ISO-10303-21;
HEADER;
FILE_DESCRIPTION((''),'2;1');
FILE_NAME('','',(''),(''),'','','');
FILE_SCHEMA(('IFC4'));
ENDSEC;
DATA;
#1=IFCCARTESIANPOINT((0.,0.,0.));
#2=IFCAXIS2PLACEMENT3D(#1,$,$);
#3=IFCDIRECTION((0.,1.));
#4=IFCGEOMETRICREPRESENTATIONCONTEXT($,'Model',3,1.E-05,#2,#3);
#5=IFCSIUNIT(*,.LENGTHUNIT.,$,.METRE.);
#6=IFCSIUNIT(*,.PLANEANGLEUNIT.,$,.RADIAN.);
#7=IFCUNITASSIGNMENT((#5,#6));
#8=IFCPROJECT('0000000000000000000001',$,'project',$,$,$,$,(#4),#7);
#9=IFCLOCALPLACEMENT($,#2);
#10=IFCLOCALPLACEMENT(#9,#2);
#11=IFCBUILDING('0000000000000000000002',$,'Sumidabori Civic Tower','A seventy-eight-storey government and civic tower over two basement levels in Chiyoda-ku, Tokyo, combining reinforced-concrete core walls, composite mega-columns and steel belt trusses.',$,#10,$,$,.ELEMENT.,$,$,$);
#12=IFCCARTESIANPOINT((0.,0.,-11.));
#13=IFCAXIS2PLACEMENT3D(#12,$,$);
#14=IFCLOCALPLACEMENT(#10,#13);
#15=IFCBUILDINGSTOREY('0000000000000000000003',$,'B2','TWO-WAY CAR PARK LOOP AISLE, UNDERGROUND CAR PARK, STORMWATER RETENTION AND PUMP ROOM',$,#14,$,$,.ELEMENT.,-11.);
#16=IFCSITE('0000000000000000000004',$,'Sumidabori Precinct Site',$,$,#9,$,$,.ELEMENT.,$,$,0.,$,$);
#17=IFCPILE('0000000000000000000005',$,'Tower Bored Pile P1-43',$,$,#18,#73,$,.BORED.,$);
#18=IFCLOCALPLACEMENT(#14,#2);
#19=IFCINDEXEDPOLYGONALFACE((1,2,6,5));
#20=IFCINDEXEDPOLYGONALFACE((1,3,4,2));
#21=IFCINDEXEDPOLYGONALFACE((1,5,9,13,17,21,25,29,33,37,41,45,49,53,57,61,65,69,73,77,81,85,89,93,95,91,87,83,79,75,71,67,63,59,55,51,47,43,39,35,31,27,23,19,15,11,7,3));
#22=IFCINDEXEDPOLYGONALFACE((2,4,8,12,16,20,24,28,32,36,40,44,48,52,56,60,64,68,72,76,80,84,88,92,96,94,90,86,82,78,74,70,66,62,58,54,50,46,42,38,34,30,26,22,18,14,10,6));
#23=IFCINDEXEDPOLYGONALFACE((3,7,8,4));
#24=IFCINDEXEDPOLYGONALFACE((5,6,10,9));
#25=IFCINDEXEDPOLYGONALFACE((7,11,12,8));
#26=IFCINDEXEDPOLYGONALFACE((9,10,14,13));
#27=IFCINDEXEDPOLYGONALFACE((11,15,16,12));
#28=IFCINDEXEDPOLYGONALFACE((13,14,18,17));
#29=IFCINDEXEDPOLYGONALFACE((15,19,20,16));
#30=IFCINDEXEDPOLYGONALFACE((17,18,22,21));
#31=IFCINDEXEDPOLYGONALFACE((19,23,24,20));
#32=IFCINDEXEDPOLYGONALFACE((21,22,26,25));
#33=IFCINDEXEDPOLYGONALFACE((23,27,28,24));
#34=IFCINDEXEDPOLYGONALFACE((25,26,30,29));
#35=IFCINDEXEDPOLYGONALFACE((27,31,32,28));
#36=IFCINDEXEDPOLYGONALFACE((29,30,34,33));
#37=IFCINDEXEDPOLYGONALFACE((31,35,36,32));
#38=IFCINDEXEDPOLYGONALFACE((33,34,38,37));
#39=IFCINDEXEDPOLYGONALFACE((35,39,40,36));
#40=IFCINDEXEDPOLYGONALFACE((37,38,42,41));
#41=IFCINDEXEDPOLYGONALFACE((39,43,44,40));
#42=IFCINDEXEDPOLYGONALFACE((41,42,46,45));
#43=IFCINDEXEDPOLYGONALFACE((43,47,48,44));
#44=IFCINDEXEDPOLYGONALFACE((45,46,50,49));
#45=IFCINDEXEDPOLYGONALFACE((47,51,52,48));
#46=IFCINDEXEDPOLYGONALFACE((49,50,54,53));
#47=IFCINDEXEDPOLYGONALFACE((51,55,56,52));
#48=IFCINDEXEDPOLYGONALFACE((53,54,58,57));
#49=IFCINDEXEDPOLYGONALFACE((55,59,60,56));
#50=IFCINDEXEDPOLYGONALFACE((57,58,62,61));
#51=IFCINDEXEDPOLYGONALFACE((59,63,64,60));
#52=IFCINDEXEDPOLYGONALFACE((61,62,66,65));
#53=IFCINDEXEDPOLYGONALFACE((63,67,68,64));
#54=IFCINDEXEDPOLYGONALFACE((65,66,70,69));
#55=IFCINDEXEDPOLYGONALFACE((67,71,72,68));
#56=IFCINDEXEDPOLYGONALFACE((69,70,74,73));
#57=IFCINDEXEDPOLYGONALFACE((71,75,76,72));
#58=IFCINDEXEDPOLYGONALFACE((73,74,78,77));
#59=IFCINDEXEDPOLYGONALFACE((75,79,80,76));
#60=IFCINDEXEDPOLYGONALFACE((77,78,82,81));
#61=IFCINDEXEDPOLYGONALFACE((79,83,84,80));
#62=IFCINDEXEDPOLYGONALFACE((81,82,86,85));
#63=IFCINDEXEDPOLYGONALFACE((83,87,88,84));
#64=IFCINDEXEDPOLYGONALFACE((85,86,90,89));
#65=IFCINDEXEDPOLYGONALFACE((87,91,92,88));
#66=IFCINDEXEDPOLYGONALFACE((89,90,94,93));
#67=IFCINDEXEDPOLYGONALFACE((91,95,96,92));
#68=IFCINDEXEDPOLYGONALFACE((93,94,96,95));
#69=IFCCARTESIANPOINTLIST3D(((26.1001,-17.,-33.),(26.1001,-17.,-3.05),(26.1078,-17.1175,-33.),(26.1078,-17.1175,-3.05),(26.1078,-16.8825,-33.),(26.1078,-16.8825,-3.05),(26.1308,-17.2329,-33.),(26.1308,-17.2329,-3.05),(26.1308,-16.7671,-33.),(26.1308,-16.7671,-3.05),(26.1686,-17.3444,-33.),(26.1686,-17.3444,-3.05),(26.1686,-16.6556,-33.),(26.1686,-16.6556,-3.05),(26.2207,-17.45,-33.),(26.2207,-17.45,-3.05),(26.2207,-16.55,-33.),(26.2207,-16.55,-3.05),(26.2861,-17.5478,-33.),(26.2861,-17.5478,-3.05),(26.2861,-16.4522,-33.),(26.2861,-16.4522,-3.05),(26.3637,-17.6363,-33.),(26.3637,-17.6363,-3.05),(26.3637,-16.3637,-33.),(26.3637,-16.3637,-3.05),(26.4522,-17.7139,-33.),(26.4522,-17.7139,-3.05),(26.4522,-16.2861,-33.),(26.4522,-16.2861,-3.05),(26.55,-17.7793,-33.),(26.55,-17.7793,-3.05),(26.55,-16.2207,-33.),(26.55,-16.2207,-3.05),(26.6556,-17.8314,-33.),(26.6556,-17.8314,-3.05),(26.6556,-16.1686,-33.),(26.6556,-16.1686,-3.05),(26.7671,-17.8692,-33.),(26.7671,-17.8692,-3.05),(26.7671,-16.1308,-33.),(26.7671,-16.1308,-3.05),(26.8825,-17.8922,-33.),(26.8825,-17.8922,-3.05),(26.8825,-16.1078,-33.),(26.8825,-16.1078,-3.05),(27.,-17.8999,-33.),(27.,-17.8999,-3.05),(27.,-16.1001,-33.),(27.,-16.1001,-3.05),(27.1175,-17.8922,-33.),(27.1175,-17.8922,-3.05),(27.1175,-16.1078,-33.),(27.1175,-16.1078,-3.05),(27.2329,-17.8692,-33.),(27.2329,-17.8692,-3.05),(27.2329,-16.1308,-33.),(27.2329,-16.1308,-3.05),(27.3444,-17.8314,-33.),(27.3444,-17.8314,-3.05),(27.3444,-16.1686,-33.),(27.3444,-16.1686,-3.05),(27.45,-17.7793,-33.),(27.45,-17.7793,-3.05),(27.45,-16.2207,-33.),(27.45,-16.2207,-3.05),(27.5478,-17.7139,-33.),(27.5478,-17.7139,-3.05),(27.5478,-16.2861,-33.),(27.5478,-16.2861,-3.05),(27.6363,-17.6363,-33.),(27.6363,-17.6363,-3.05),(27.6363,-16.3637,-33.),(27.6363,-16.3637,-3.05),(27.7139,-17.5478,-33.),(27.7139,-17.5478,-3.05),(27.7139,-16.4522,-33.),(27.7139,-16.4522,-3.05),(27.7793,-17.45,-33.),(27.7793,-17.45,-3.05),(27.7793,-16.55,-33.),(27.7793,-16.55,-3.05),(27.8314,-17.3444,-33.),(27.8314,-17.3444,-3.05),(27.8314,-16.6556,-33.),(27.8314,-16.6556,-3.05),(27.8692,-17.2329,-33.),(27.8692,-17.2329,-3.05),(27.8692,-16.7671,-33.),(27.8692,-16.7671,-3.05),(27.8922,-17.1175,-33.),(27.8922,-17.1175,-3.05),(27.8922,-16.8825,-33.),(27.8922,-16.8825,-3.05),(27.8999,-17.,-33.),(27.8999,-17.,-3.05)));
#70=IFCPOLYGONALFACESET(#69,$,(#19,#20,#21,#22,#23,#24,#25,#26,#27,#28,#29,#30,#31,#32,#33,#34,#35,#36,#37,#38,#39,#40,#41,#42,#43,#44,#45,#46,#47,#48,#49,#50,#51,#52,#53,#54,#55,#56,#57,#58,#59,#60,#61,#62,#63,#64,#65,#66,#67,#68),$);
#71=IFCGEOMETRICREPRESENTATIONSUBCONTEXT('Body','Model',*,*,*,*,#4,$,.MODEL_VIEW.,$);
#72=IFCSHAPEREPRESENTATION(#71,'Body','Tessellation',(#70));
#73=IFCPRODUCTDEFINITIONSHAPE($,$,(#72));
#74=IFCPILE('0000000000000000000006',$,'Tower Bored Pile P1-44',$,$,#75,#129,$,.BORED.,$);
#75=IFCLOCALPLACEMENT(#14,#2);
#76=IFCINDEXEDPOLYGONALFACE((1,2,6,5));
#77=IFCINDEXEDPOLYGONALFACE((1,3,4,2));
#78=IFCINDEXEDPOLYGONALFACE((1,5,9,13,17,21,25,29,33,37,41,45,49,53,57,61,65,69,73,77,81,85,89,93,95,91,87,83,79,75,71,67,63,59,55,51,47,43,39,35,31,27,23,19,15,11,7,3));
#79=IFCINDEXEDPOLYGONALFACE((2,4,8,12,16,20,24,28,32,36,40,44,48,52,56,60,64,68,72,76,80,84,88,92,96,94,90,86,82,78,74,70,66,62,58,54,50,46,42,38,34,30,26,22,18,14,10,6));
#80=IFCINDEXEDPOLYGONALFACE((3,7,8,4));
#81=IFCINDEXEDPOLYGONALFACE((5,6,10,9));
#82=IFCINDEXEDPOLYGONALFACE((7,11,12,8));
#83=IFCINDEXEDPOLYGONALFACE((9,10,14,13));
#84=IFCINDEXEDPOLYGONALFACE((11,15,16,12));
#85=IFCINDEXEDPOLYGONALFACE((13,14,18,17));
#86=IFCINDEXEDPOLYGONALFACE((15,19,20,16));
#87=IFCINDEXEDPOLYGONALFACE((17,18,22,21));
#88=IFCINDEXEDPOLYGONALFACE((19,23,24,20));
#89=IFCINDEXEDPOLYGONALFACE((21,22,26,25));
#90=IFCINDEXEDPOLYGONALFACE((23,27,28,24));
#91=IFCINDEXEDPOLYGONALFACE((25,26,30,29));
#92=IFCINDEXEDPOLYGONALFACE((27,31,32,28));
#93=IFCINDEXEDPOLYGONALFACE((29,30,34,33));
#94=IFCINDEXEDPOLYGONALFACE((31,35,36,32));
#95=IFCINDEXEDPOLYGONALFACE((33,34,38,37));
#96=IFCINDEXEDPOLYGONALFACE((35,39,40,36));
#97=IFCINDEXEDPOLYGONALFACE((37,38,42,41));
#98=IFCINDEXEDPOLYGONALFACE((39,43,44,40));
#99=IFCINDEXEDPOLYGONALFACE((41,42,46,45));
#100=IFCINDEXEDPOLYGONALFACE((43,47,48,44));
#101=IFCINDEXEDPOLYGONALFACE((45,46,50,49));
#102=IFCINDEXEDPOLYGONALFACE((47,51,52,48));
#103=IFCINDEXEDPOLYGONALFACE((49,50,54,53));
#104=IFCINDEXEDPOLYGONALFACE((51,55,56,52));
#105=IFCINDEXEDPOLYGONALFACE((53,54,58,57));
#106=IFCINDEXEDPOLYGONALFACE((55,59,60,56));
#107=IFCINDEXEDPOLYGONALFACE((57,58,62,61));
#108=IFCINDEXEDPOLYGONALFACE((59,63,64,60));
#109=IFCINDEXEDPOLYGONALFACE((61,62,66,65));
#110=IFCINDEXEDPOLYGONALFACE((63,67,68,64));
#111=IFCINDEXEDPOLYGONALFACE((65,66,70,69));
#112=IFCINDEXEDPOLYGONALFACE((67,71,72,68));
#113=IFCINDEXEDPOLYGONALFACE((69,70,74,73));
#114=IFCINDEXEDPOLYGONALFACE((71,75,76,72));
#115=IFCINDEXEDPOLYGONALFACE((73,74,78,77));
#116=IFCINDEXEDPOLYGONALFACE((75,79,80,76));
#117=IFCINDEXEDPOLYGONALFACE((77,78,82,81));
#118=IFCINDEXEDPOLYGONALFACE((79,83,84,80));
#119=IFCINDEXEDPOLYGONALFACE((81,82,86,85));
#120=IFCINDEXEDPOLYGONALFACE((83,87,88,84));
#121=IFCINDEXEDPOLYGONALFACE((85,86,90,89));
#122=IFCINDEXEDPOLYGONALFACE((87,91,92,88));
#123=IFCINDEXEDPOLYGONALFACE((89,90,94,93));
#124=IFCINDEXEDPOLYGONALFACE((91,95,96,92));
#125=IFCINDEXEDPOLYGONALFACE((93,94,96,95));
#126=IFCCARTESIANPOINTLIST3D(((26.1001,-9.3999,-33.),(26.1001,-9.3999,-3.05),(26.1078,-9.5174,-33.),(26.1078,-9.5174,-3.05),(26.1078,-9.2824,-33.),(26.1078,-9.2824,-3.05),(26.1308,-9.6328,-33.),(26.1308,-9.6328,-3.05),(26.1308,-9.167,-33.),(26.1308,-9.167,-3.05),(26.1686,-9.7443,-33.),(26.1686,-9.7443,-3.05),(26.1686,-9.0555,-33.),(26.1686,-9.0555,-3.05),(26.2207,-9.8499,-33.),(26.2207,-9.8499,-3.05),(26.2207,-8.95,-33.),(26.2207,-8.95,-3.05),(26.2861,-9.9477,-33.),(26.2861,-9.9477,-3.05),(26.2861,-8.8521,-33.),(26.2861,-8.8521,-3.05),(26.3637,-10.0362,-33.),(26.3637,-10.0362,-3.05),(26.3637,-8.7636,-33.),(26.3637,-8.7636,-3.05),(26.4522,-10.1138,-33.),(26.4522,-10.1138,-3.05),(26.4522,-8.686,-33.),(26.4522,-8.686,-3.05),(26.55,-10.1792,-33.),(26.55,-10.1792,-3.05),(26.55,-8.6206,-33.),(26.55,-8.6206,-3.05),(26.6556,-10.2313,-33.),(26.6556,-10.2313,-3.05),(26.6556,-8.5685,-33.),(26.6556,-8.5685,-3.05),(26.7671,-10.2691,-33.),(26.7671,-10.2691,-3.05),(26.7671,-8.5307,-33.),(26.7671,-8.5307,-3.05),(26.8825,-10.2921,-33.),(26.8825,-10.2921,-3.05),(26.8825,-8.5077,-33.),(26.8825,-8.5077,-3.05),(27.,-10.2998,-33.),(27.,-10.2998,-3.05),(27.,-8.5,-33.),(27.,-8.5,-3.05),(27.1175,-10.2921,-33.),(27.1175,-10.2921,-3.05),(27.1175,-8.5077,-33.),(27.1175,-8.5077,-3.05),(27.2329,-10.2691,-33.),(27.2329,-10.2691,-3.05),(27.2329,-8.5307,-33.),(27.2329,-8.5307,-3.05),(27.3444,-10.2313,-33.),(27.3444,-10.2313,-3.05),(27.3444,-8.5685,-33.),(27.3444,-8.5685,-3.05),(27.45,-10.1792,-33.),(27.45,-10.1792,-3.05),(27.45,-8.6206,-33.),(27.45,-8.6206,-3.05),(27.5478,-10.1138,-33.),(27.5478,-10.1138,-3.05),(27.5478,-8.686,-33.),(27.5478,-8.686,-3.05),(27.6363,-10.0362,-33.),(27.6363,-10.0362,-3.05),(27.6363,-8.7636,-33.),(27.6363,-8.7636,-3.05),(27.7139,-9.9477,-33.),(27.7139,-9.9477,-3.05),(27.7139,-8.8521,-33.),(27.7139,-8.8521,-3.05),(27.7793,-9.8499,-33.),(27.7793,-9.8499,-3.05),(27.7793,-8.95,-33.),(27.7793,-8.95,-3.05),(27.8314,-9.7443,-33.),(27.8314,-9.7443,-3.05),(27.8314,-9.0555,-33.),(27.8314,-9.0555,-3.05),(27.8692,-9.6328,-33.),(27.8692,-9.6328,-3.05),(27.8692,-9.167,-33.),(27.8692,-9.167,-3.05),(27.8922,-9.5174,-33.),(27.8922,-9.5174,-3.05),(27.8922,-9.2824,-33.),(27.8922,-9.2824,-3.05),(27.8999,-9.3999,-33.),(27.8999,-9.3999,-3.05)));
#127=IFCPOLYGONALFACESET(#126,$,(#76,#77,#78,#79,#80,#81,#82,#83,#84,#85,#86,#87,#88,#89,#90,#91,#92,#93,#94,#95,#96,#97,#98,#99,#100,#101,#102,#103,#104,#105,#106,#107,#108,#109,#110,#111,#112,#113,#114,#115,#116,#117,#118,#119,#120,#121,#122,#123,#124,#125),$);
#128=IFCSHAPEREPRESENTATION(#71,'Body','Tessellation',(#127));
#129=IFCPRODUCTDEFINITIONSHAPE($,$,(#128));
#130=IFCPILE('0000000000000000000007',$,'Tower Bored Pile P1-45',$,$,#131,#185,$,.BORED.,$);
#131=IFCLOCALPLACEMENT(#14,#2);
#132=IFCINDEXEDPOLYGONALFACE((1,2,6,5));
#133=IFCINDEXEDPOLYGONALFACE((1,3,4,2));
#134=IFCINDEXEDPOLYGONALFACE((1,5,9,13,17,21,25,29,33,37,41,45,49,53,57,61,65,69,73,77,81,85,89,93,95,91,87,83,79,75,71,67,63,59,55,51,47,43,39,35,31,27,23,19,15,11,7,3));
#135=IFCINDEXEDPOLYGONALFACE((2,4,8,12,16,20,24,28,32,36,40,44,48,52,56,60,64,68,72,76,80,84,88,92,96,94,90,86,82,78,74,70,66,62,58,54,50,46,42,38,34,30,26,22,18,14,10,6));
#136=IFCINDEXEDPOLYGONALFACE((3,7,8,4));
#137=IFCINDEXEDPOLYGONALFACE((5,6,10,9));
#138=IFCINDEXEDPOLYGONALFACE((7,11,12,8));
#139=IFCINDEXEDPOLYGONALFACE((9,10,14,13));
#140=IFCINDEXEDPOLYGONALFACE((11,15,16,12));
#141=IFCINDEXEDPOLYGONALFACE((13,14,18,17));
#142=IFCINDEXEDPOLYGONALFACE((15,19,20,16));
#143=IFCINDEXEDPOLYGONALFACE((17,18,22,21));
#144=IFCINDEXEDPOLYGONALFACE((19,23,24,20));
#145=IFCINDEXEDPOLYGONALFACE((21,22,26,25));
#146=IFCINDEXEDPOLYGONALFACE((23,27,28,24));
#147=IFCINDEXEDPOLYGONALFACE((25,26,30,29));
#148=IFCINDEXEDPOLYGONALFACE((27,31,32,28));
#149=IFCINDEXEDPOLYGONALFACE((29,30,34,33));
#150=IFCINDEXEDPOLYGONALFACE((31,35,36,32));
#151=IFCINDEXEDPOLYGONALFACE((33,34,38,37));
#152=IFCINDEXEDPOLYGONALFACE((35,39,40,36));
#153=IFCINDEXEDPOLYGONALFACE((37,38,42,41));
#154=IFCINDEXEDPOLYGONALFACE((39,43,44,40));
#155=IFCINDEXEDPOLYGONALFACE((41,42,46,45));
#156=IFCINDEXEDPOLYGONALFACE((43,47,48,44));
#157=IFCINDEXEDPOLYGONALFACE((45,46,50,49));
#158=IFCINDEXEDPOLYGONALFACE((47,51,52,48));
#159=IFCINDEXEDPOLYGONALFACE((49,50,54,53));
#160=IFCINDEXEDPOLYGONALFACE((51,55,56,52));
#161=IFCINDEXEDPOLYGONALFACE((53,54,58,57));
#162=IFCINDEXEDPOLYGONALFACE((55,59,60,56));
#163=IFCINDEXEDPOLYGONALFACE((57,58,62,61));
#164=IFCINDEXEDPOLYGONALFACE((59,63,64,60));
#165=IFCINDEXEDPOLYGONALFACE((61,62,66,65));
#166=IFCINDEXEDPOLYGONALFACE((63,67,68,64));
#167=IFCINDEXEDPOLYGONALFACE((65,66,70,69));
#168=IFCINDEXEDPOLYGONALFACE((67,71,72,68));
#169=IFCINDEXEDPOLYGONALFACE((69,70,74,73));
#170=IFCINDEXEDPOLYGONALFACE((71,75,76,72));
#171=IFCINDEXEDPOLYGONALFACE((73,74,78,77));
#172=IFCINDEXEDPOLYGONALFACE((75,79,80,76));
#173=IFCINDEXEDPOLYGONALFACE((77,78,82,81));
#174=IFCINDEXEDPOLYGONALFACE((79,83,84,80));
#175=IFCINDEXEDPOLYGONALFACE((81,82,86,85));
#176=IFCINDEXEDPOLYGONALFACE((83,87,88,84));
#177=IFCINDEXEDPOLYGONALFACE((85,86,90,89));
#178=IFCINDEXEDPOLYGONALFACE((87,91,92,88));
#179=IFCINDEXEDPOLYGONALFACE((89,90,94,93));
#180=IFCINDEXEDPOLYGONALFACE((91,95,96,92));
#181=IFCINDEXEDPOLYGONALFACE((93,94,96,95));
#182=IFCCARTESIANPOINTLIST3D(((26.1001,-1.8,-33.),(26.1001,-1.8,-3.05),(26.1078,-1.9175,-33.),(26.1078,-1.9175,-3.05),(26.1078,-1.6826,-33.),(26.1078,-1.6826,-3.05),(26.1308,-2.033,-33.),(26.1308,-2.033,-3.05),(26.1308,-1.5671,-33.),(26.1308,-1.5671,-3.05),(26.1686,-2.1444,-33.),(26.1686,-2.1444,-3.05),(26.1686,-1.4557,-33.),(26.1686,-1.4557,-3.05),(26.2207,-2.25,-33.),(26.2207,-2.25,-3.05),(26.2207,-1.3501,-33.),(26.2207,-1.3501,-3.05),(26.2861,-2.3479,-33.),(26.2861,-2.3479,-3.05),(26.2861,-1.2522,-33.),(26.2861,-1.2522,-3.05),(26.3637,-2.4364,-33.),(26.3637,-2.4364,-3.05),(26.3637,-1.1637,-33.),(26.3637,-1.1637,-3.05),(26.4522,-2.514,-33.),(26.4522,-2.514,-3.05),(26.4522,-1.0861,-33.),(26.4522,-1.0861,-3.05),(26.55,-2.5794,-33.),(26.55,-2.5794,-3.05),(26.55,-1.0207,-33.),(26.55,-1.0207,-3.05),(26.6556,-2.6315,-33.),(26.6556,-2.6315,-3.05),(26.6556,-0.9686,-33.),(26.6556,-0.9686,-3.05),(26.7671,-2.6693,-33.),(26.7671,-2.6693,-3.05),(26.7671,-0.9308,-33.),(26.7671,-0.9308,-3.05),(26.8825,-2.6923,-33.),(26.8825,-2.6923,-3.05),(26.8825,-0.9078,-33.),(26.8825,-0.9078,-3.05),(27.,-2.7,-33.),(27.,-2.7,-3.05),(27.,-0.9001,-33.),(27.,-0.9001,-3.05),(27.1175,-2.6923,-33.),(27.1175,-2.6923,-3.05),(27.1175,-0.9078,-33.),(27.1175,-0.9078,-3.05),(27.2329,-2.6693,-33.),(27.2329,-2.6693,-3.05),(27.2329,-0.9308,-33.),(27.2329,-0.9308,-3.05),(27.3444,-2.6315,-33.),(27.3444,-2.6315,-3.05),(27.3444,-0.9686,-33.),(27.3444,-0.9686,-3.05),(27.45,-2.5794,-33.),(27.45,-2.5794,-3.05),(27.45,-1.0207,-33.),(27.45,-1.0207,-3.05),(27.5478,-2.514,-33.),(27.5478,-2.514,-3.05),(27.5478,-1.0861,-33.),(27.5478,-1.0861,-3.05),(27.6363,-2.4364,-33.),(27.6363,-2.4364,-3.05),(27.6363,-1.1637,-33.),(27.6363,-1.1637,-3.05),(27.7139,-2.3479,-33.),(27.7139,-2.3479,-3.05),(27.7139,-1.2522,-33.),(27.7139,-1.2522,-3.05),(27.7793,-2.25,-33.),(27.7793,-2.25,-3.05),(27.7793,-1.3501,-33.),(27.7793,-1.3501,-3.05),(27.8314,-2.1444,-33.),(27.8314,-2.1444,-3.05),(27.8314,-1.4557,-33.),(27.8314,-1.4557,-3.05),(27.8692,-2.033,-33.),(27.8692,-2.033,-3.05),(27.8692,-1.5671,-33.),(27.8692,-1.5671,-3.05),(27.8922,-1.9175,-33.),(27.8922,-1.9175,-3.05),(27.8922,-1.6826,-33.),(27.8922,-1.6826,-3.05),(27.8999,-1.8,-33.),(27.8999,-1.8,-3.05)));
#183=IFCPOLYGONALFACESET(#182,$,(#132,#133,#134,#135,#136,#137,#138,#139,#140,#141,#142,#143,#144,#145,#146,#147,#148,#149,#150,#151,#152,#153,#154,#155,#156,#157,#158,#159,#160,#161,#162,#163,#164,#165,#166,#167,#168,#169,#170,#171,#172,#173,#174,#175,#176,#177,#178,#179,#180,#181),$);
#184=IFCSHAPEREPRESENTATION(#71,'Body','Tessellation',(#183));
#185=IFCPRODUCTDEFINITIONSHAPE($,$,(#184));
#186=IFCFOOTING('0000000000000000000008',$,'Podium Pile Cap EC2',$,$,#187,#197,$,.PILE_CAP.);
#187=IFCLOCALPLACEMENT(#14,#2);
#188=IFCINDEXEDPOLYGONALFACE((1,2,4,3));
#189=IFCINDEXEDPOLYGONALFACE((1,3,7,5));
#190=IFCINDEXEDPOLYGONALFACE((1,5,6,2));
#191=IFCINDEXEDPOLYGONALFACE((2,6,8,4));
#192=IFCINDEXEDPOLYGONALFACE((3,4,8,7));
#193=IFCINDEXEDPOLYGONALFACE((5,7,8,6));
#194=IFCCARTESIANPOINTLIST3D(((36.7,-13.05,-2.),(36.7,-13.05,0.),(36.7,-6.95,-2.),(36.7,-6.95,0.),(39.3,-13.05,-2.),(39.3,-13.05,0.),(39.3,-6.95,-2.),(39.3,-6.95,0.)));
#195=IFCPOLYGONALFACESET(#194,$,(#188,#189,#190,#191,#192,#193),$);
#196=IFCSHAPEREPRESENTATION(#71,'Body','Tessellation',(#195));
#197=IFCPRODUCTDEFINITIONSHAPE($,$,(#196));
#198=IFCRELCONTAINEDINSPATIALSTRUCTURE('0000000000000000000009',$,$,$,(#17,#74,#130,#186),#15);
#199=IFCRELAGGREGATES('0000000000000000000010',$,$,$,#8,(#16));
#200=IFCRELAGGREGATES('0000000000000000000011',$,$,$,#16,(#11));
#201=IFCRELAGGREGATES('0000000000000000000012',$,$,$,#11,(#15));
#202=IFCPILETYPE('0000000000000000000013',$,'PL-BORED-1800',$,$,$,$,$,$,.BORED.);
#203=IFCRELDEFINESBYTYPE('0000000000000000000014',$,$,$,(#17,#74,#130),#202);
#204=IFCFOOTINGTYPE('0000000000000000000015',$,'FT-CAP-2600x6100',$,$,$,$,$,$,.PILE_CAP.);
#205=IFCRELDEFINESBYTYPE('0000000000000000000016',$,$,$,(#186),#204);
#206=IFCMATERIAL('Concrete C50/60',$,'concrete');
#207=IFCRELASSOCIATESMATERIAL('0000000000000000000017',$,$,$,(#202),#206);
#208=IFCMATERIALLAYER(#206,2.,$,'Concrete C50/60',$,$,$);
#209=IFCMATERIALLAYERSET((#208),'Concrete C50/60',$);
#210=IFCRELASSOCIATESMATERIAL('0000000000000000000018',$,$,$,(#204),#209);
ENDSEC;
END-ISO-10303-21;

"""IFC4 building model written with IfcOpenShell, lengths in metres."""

from ifc_helpers import new_model, si_unit, direction, frame, origin, origin_2d, place, context, subcontext, project, spatial, rectangle, circle, extrude, source, transform, mapped, material, layer, layer_set, material_profile, profile_set, type_object, element, save


model = new_model("IFC4")

# Units and contexts
model_context = context("Model", 3, precision=1e-05, world=origin(), true_north=direction((0.0, 1.0)))
body_context = subcontext(model_context, "Body", "Model", "MODEL_VIEW")
ifc_project = project(units=[si_unit("LENGTHUNIT", "METRE"), si_unit("PLANEANGLEUNIT", "RADIAN")], contexts=[model_context])

# Site, building, storey
site_placement = place(None, origin())
site = spatial("IfcSite", under=ifc_project, at=site_placement, Name="Sumidabori Precinct Site", CompositionType="ELEMENT", RefElevation=0.0)
building_placement = place(site_placement, origin())
building = spatial("IfcBuilding", under=site, at=building_placement, Name="Sumidabori Civic Tower", Description="A seventy-eight-storey government and civic tower over two basement levels in Chiyoda-ku, Tokyo, combining reinforced-concrete core walls, composite mega-columns and steel belt trusses.", CompositionType="ELEMENT")
storey_placement = place(building_placement, frame((0.0, 0.0, -11.0)))
storey = spatial("IfcBuildingStorey", under=building, at=storey_placement, Name="B2", Description="TWO-WAY CAR PARK LOOP AISLE, UNDERGROUND CAR PARK, STORMWATER RETENTION AND PUMP ROOM", CompositionType="ELEMENT", Elevation=-11.0)

# Piles
ifc_material_1 = material(Name="Concrete C50/60", Category="concrete")
ifc_material_profile_1 = material_profile(ifc_material_1, circle(Radius=0.8999, at=origin_2d()), Name="BORED PILE 1800")
ifc_profile_set_1 = profile_set([ifc_material_profile_1], Name="Concrete C50/60")
pile_type_1 = type_object("IfcPileType", Name="PL-BORED-1800", PredefinedType="BORED", material=ifc_profile_set_1)
shared_shape_1 = source(origin(), body_context, "Body", "SweptSolid", [
    extrude(circle(Radius=0.8999, at=origin_2d()), origin(), (0.0, 0.0, 1.0), 29.95),
])
for number, where, z_axis, x_axis, name in (
    (1, (27.0, -17.0, -3.05), (0.0, 0.0, -1.0), (1.0, 0.0, 0.0), "Tower Bored Pile P1-43"),
    (2, (27.0, -9.3999, -3.05), (0.0, 0.0, -1.0), (1.0, 0.0, 0.0), "Tower Bored Pile P1-44"),
    (3, (27.0, -1.8, -3.05), (0.0, 0.0, -1.0), (1.0, 0.0, 0.0), "Tower Bored Pile P1-45"),
):
    element("IfcPile", number, at=place(storey_placement, frame(where, z_axis=z_axis, x_axis=x_axis)), inside=storey, type_object=pile_type_1, Name=name, PredefinedType="BORED", context=body_context, shape_type="MappedRepresentation", body=[
        mapped(shared_shape_1, transform((0.0, 0.0, 0.0), x_axis=(1.0, 0.0, 0.0), y_axis=(0.0, 1.0, 0.0), z_axis=(0.0, 0.0, 1.0), scale=1.0)),
    ])

# Footing
ifc_layer_1 = layer(ifc_material_1, 2.0, Name="Concrete C50/60")
ifc_layer_set_1 = layer_set([ifc_layer_1], Name="Concrete C50/60")
footing_type = type_object("IfcFootingType", Name="FT-CAP-2600x6100", PredefinedType="PILE_CAP", material=ifc_layer_set_1)
shared_shape_2 = source(origin(), body_context, "Body", "SweptSolid", [
    extrude(rectangle(XDim=2.6001, YDim=6.1001, at=origin_2d()), origin(), (0.0, 0.0, 1.0), 2.0),
])
footing_placement = place(storey_placement, frame((38.0, -10.0, -2.0), z_axis=(0.0, 0.0, 1.0), x_axis=(1.0, 0.0, 0.0)))
element("IfcFooting", 4, at=footing_placement, inside=storey, type_object=footing_type, Name="Podium Pile Cap EC2", PredefinedType="PILE_CAP", context=body_context, shape_type="MappedRepresentation", body=[
    mapped(shared_shape_2, transform((0.0, 0.0, 0.0), x_axis=(1.0, 0.0, 0.0), y_axis=(0.0, 1.0, 0.0), z_axis=(0.0, 0.0, 1.0), scale=1.0)),
])

save(model, "model.ifc")
